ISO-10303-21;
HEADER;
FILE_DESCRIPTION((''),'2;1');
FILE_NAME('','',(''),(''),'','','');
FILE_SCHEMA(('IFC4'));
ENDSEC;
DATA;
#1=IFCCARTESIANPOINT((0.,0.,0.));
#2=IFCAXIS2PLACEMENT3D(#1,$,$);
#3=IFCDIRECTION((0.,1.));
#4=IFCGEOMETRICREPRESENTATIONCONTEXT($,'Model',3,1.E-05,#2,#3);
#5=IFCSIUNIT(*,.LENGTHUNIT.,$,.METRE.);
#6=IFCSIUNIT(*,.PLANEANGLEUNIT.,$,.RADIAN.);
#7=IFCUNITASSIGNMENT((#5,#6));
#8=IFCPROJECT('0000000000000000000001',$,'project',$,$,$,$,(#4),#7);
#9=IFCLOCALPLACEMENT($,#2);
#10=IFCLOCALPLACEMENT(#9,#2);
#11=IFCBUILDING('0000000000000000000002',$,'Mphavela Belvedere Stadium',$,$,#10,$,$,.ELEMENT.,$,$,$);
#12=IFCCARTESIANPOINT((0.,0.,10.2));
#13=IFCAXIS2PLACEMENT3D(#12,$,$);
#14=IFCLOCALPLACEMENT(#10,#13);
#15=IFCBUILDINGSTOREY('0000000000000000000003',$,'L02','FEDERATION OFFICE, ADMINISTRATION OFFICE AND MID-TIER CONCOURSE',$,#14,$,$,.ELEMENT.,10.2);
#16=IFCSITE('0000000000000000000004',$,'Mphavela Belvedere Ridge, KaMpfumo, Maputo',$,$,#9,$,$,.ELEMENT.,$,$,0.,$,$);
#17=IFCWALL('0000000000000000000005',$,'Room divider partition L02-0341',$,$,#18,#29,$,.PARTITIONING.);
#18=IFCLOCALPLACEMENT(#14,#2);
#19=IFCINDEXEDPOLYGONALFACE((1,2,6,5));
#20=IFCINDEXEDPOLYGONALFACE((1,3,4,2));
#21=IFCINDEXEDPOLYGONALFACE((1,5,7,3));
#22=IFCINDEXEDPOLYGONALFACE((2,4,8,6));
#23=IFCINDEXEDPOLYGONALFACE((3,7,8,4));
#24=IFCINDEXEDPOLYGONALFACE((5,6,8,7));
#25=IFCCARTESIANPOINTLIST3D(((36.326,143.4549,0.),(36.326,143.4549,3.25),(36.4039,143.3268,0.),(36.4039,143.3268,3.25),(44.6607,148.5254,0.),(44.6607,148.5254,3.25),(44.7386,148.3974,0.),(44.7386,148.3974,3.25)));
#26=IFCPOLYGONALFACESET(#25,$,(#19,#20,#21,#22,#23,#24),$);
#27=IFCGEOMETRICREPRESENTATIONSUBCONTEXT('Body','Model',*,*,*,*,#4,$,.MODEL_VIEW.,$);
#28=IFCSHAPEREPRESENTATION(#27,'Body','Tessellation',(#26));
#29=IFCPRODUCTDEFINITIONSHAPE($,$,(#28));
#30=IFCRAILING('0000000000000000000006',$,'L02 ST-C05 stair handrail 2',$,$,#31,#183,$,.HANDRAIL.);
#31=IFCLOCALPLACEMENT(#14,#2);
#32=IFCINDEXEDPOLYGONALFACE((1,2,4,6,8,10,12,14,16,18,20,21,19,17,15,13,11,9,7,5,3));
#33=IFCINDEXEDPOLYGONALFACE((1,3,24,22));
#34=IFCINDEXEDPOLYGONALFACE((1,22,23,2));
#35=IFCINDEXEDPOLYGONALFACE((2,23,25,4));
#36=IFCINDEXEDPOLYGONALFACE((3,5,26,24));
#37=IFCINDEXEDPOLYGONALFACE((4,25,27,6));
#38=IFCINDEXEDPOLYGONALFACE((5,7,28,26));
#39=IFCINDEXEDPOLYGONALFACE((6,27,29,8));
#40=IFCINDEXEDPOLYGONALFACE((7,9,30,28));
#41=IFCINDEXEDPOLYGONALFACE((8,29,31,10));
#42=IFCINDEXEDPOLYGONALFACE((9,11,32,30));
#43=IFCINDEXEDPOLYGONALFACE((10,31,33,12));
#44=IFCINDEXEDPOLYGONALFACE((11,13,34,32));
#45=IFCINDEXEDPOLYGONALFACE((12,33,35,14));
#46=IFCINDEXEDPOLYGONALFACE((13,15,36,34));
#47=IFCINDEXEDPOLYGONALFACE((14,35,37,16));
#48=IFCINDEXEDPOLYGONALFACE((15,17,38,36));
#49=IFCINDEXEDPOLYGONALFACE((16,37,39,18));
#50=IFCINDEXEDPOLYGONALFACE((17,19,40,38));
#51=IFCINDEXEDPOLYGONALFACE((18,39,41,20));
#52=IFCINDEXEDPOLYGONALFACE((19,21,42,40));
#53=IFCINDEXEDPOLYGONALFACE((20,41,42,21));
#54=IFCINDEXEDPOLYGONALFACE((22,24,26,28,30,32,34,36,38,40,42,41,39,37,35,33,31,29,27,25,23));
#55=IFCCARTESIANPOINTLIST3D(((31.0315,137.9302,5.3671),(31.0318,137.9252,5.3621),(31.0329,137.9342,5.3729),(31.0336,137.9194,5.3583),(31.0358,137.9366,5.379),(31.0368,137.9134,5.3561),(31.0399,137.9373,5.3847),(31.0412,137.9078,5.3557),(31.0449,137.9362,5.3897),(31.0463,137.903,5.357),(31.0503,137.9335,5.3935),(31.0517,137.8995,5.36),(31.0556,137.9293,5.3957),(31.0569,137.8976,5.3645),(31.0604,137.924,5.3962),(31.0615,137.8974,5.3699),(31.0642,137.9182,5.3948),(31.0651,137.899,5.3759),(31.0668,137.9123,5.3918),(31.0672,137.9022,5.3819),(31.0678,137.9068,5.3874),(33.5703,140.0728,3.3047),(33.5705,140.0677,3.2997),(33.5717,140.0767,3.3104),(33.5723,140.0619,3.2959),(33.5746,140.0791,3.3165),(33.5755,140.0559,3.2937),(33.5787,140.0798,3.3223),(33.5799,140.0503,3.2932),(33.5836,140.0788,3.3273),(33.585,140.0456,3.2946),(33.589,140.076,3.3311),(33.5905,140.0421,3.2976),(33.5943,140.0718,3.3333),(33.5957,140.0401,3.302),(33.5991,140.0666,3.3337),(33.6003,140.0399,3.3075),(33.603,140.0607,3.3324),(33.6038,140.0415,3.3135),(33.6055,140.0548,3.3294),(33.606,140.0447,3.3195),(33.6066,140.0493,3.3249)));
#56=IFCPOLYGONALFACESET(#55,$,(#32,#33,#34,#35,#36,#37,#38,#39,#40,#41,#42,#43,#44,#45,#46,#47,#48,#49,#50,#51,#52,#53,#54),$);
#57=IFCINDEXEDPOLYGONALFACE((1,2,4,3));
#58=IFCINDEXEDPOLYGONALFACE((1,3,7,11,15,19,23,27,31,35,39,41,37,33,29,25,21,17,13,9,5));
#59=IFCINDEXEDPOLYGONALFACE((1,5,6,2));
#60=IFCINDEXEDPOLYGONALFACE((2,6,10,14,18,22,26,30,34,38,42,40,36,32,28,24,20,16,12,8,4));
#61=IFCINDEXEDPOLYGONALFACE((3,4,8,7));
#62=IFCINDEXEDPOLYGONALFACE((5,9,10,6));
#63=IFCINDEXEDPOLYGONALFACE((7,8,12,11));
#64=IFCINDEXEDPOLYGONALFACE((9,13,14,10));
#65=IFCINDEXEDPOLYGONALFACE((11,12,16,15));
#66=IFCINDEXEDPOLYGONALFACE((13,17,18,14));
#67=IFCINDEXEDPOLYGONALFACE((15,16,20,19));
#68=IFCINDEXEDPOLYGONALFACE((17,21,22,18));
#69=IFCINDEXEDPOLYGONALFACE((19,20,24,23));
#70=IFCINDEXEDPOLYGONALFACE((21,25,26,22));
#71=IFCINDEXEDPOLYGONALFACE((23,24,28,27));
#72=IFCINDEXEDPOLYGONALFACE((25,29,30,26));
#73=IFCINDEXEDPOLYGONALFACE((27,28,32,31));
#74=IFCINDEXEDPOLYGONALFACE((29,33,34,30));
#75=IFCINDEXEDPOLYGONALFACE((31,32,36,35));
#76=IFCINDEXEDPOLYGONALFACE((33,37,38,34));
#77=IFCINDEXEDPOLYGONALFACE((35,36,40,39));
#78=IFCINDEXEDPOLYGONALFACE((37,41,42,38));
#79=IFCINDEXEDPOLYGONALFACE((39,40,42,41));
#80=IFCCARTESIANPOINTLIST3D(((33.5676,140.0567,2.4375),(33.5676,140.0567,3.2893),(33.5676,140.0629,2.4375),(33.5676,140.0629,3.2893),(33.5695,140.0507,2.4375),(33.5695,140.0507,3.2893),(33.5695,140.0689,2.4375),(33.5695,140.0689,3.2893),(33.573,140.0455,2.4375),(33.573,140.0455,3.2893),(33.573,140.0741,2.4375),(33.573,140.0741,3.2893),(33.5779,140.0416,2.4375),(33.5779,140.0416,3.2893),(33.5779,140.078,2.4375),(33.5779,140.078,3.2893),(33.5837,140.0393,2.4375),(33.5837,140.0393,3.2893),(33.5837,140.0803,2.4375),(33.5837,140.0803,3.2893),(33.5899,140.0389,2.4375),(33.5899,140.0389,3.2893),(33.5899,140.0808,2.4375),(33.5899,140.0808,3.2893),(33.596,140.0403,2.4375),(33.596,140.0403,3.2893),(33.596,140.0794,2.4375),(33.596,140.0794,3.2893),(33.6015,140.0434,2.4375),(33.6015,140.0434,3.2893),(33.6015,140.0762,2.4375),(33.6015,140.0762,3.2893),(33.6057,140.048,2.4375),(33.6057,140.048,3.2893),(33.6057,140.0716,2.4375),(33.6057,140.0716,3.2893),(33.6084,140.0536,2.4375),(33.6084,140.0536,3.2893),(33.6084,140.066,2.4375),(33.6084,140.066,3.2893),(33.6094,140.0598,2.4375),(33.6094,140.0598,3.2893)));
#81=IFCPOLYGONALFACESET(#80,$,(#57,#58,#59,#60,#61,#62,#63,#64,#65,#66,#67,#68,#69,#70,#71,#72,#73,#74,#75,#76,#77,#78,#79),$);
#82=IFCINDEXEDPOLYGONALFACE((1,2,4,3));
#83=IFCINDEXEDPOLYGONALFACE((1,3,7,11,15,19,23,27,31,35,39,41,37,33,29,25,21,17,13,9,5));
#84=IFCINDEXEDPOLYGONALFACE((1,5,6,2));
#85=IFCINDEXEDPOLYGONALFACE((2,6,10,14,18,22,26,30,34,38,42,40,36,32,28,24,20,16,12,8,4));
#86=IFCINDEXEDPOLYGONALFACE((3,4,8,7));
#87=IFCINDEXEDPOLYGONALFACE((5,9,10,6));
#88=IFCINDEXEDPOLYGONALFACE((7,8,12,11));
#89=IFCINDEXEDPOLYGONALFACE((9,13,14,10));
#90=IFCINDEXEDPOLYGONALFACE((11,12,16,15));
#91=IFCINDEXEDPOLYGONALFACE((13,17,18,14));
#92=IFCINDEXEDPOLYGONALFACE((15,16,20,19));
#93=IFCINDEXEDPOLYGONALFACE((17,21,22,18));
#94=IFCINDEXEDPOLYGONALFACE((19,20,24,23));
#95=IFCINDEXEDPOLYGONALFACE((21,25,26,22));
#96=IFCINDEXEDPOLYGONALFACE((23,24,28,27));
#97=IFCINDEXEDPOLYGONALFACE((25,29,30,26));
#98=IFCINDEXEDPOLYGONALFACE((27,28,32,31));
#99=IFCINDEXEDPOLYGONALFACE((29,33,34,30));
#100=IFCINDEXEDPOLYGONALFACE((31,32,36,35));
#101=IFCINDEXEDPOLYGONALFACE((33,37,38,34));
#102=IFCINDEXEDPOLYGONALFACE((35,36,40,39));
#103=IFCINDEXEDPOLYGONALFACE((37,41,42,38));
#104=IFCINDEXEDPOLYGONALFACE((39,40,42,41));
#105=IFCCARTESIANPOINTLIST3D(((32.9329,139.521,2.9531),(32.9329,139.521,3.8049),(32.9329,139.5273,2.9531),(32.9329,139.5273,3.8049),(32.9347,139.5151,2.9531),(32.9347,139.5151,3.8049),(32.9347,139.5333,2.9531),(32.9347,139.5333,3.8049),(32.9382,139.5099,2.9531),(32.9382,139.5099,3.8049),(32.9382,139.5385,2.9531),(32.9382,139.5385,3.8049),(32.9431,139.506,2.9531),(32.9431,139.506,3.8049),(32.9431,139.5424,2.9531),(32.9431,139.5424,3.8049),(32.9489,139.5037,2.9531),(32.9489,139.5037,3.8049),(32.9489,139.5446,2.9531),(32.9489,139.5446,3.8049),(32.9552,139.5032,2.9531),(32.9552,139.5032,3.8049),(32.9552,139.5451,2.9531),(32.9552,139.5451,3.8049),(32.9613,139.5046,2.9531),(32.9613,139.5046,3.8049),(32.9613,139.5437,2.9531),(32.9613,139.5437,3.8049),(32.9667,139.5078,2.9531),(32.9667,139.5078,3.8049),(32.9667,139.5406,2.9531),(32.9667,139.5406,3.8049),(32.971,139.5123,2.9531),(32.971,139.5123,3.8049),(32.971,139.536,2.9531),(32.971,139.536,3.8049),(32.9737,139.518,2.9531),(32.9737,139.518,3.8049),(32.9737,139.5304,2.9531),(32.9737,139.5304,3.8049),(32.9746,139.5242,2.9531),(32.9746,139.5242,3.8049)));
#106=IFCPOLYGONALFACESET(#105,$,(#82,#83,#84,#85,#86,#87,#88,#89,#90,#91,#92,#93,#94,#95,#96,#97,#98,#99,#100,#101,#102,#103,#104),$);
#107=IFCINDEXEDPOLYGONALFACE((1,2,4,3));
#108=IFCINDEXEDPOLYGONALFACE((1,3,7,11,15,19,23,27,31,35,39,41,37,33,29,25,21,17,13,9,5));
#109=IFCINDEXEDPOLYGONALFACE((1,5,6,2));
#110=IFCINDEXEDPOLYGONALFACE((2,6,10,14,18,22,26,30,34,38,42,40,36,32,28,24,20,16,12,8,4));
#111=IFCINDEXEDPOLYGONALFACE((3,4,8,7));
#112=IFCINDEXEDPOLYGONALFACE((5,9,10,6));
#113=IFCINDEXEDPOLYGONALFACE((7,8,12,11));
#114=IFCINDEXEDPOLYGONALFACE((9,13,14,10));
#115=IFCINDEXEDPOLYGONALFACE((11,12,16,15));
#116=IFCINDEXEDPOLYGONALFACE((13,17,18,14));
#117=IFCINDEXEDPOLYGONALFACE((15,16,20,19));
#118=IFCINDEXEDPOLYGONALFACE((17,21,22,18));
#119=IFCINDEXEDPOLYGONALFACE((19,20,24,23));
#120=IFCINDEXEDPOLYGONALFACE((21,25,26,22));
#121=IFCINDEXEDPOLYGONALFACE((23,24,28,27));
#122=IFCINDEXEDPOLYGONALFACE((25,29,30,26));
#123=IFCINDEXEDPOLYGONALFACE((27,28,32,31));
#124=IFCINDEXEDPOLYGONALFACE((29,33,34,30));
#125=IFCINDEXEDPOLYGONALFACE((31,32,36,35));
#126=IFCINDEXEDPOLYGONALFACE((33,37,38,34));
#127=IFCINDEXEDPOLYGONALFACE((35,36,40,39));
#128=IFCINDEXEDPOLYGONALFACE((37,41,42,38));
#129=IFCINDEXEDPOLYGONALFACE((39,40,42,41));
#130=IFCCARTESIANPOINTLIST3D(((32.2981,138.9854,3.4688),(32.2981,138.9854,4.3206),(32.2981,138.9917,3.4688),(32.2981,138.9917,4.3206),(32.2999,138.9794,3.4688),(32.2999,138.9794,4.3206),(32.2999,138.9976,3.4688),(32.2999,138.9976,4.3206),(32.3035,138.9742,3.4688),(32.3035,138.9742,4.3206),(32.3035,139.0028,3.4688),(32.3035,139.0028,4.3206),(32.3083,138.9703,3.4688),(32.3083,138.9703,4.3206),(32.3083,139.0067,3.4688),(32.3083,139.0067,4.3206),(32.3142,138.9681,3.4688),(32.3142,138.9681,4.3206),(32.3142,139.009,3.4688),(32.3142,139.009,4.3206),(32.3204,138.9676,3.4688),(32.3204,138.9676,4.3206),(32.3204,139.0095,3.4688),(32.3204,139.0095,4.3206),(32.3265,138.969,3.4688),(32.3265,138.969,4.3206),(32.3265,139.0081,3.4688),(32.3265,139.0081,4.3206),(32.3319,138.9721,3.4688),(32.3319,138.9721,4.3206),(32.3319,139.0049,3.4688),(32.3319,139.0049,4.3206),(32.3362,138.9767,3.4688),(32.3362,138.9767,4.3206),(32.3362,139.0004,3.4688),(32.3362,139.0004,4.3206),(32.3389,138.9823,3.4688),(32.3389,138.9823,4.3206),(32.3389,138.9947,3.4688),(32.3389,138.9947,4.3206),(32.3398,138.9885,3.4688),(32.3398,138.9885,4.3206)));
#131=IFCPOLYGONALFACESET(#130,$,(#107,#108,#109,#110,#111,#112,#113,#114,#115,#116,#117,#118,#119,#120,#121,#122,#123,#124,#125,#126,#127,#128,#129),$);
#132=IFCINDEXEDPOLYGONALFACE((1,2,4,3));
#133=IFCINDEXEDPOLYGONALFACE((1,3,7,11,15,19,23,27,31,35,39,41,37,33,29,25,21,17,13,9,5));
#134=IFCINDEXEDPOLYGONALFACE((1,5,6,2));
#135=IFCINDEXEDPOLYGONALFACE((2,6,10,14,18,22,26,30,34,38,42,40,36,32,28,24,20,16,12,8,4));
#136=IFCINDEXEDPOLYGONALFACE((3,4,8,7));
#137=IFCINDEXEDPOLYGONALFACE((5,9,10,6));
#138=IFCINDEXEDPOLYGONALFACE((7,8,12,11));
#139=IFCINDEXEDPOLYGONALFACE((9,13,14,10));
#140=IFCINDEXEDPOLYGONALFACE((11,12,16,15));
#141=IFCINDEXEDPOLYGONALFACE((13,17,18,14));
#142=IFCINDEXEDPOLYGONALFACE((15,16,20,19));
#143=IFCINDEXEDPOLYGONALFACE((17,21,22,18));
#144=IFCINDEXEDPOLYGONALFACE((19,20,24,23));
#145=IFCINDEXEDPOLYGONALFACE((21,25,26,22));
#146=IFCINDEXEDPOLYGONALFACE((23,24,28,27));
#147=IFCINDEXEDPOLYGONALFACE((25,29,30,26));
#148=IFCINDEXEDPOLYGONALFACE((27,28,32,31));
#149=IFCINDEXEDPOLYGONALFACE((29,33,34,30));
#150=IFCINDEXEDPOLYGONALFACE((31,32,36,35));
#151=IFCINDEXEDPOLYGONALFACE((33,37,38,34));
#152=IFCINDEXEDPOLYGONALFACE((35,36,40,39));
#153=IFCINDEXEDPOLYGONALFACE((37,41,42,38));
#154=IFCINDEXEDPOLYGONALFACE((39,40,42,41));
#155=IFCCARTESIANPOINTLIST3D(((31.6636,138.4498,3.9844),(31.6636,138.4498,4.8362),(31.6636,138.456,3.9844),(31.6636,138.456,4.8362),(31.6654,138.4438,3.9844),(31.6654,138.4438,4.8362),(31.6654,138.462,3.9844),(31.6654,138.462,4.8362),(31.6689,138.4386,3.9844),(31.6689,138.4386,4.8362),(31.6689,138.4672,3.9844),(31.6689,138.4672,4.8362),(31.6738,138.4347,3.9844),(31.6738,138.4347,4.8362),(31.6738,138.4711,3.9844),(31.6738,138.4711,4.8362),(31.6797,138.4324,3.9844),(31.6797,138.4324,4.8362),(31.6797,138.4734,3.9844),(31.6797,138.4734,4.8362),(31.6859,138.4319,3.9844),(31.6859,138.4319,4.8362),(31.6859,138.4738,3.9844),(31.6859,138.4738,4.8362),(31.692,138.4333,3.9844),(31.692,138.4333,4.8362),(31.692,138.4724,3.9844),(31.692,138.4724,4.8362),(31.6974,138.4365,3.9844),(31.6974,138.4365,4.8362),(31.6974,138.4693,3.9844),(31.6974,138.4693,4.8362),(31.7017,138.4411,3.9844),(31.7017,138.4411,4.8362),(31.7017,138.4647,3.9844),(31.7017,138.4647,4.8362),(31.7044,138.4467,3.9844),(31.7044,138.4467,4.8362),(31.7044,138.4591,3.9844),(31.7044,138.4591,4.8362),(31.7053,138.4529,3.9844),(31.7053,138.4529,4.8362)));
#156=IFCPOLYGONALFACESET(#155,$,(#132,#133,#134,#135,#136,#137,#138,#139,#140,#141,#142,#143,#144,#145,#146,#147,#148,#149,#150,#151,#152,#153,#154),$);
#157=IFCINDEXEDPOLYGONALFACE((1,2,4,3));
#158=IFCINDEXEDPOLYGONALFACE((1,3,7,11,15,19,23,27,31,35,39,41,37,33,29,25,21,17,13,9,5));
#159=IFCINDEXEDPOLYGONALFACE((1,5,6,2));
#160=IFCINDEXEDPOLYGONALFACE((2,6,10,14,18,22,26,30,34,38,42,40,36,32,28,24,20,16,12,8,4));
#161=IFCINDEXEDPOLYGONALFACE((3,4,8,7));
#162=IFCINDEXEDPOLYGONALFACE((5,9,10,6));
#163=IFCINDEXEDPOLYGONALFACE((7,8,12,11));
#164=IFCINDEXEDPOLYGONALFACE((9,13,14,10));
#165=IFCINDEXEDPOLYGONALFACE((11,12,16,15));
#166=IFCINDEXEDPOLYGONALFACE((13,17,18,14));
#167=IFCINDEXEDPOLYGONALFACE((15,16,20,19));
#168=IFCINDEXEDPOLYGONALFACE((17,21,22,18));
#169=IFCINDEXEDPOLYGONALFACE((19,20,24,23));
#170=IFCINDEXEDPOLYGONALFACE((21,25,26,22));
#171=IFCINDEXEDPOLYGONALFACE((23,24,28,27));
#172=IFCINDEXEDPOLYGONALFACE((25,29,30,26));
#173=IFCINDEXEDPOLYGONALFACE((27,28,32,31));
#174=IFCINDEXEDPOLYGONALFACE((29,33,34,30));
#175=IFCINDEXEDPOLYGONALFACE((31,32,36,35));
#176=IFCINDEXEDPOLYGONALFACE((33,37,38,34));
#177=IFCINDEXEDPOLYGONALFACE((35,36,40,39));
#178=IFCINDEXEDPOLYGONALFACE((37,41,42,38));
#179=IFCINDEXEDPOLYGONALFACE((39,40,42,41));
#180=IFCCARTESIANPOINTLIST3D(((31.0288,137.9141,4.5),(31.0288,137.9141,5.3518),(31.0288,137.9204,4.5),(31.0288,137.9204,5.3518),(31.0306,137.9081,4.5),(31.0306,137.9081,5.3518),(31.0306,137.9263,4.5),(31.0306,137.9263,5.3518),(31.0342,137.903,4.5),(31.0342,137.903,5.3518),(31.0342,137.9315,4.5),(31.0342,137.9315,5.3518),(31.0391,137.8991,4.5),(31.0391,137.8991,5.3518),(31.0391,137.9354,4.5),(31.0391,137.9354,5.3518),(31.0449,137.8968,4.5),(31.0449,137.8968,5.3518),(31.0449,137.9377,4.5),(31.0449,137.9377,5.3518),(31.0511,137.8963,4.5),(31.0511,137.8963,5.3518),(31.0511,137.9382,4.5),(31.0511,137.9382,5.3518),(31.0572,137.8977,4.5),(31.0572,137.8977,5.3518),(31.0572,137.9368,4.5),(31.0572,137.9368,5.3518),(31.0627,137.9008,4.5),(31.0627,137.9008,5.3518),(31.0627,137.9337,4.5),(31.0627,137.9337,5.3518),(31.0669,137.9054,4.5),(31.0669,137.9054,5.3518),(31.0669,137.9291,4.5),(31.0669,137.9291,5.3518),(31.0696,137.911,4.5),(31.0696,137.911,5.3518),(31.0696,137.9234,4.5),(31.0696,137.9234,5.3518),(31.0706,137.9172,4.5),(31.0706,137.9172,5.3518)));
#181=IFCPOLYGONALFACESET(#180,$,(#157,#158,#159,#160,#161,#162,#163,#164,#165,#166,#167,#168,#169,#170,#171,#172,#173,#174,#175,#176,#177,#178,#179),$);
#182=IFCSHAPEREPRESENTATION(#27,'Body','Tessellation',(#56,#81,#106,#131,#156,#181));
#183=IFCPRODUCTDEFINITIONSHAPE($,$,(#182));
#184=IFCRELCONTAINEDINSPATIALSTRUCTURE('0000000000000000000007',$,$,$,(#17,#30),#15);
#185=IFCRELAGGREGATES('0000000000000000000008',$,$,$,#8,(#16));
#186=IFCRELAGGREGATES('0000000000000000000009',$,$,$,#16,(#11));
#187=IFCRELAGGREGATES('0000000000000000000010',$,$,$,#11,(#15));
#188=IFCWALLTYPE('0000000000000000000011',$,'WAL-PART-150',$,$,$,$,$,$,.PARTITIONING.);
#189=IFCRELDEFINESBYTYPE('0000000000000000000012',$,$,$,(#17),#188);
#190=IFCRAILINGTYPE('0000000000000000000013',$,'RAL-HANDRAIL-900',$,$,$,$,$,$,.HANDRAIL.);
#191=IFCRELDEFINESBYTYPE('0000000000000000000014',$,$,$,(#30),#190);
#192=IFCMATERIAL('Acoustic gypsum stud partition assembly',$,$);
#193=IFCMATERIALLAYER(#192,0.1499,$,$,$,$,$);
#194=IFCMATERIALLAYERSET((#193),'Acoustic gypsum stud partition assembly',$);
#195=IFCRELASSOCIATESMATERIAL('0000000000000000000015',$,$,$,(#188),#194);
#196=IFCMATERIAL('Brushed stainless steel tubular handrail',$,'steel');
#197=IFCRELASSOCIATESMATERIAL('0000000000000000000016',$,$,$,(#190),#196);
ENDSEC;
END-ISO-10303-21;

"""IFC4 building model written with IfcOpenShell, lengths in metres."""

from ifc_helpers import new_model, si_unit, direction, frame, frame_2d, origin, origin_2d, place, context, subcontext, project, spatial, rectangle, circle, extrude, material, layer, layer_set, type_object, element, save


model = new_model("IFC4")

# Units and contexts
model_context = context("Model", 3, precision=1e-05, world=origin(), true_north=direction((0.0, 1.0)))
body_context = subcontext(model_context, "Body", "Model", "MODEL_VIEW")
ifc_project = project(units=[si_unit("LENGTHUNIT", "METRE"), si_unit("PLANEANGLEUNIT", "RADIAN")], contexts=[model_context])

# Site, building, storey
site_placement = place(None, origin())
site = spatial("IfcSite", under=ifc_project, at=site_placement, Name="Mphavela Belvedere Ridge, KaMpfumo, Maputo", CompositionType="ELEMENT", RefElevation=0.0)
building_placement = place(site_placement, origin())
building = spatial("IfcBuilding", under=site, at=building_placement, Name="Mphavela Belvedere Stadium", CompositionType="ELEMENT")
storey_placement = place(building_placement, frame((0.0, 0.0, 10.2)))
storey = spatial("IfcBuildingStorey", under=building, at=storey_placement, Name="L02", Description="FEDERATION OFFICE, ADMINISTRATION OFFICE AND MID-TIER CONCOURSE", CompositionType="ELEMENT", Elevation=10.2)

# Wall
ifc_material_1 = material(Name="Acoustic gypsum stud partition assembly")
ifc_layer_1 = layer(ifc_material_1, 0.1499)
ifc_layer_set_1 = layer_set([ifc_layer_1], Name="Acoustic gypsum stud partition assembly")
wall_type = type_object("IfcWallType", Name="WAL-PART-150", PredefinedType="PARTITIONING", material=ifc_layer_set_1)
wall_placement = place(storey_placement, frame((36.365, 143.3909, 0.0), z_axis=(0.0, 0.0, 1.0), x_axis=(0.854324, 0.519741, 0.0)))
element("IfcWall", 1, at=wall_placement, inside=storey, type_object=wall_type, Name="Room divider partition L02-0341", PredefinedType="PARTITIONING", context=body_context, shape_type="SweptSolid", body=[
    extrude(rectangle(XDim=9.7559, YDim=0.1499, at=frame_2d((4.8779, 0.0))), origin(), (0.0, 0.0, 1.0), 3.25),
])

# Railing
ifc_material_2 = material(Name="Brushed stainless steel tubular handrail", Category="steel")
railing_type_1 = type_object("IfcRailingType", Name="RAL-HANDRAIL-900", PredefinedType="HANDRAIL", material=ifc_material_2)
railing_1_placement = place(storey_placement, frame((33.5884, 140.0598, 2.4375)))
element("IfcRailing", 2, at=railing_1_placement, inside=storey, type_object=railing_type_1, Name="L02 ST-C05 stair handrail 2", PredefinedType="HANDRAIL", context=body_context, shape_type="SweptSolid", body=[
    extrude(circle(Radius=0.0239, at=origin_2d()), frame((0.0, 0.0, 0.876), z_axis=(-0.649271, -0.547937, 0.527458), x_axis=(0.64495, -0.764225, 0.0)), (0.0, 0.0, 1.0), 3.9102),
    extrude(circle(Radius=0.021, at=origin_2d()), origin(), (0.0, 0.0, 1.0), 0.8518),
    extrude(circle(Radius=0.021, at=origin_2d()), frame((-0.6348, -0.5356, 0.5156)), (0.0, 0.0, 1.0), 0.8518),
    extrude(circle(Radius=0.021, at=origin_2d()), frame((-1.2695, -1.0713, 1.0312)), (0.0, 0.0, 1.0), 0.8518),
    extrude(circle(Radius=0.021, at=origin_2d()), frame((-1.9041, -1.6069, 1.5469)), (0.0, 0.0, 1.0), 0.8518),
    extrude(circle(Radius=0.021, at=origin_2d()), frame((-2.5388, -2.1426, 2.0625)), (0.0, 0.0, 1.0), 0.8518),
])

save(model, "model.ifc")
